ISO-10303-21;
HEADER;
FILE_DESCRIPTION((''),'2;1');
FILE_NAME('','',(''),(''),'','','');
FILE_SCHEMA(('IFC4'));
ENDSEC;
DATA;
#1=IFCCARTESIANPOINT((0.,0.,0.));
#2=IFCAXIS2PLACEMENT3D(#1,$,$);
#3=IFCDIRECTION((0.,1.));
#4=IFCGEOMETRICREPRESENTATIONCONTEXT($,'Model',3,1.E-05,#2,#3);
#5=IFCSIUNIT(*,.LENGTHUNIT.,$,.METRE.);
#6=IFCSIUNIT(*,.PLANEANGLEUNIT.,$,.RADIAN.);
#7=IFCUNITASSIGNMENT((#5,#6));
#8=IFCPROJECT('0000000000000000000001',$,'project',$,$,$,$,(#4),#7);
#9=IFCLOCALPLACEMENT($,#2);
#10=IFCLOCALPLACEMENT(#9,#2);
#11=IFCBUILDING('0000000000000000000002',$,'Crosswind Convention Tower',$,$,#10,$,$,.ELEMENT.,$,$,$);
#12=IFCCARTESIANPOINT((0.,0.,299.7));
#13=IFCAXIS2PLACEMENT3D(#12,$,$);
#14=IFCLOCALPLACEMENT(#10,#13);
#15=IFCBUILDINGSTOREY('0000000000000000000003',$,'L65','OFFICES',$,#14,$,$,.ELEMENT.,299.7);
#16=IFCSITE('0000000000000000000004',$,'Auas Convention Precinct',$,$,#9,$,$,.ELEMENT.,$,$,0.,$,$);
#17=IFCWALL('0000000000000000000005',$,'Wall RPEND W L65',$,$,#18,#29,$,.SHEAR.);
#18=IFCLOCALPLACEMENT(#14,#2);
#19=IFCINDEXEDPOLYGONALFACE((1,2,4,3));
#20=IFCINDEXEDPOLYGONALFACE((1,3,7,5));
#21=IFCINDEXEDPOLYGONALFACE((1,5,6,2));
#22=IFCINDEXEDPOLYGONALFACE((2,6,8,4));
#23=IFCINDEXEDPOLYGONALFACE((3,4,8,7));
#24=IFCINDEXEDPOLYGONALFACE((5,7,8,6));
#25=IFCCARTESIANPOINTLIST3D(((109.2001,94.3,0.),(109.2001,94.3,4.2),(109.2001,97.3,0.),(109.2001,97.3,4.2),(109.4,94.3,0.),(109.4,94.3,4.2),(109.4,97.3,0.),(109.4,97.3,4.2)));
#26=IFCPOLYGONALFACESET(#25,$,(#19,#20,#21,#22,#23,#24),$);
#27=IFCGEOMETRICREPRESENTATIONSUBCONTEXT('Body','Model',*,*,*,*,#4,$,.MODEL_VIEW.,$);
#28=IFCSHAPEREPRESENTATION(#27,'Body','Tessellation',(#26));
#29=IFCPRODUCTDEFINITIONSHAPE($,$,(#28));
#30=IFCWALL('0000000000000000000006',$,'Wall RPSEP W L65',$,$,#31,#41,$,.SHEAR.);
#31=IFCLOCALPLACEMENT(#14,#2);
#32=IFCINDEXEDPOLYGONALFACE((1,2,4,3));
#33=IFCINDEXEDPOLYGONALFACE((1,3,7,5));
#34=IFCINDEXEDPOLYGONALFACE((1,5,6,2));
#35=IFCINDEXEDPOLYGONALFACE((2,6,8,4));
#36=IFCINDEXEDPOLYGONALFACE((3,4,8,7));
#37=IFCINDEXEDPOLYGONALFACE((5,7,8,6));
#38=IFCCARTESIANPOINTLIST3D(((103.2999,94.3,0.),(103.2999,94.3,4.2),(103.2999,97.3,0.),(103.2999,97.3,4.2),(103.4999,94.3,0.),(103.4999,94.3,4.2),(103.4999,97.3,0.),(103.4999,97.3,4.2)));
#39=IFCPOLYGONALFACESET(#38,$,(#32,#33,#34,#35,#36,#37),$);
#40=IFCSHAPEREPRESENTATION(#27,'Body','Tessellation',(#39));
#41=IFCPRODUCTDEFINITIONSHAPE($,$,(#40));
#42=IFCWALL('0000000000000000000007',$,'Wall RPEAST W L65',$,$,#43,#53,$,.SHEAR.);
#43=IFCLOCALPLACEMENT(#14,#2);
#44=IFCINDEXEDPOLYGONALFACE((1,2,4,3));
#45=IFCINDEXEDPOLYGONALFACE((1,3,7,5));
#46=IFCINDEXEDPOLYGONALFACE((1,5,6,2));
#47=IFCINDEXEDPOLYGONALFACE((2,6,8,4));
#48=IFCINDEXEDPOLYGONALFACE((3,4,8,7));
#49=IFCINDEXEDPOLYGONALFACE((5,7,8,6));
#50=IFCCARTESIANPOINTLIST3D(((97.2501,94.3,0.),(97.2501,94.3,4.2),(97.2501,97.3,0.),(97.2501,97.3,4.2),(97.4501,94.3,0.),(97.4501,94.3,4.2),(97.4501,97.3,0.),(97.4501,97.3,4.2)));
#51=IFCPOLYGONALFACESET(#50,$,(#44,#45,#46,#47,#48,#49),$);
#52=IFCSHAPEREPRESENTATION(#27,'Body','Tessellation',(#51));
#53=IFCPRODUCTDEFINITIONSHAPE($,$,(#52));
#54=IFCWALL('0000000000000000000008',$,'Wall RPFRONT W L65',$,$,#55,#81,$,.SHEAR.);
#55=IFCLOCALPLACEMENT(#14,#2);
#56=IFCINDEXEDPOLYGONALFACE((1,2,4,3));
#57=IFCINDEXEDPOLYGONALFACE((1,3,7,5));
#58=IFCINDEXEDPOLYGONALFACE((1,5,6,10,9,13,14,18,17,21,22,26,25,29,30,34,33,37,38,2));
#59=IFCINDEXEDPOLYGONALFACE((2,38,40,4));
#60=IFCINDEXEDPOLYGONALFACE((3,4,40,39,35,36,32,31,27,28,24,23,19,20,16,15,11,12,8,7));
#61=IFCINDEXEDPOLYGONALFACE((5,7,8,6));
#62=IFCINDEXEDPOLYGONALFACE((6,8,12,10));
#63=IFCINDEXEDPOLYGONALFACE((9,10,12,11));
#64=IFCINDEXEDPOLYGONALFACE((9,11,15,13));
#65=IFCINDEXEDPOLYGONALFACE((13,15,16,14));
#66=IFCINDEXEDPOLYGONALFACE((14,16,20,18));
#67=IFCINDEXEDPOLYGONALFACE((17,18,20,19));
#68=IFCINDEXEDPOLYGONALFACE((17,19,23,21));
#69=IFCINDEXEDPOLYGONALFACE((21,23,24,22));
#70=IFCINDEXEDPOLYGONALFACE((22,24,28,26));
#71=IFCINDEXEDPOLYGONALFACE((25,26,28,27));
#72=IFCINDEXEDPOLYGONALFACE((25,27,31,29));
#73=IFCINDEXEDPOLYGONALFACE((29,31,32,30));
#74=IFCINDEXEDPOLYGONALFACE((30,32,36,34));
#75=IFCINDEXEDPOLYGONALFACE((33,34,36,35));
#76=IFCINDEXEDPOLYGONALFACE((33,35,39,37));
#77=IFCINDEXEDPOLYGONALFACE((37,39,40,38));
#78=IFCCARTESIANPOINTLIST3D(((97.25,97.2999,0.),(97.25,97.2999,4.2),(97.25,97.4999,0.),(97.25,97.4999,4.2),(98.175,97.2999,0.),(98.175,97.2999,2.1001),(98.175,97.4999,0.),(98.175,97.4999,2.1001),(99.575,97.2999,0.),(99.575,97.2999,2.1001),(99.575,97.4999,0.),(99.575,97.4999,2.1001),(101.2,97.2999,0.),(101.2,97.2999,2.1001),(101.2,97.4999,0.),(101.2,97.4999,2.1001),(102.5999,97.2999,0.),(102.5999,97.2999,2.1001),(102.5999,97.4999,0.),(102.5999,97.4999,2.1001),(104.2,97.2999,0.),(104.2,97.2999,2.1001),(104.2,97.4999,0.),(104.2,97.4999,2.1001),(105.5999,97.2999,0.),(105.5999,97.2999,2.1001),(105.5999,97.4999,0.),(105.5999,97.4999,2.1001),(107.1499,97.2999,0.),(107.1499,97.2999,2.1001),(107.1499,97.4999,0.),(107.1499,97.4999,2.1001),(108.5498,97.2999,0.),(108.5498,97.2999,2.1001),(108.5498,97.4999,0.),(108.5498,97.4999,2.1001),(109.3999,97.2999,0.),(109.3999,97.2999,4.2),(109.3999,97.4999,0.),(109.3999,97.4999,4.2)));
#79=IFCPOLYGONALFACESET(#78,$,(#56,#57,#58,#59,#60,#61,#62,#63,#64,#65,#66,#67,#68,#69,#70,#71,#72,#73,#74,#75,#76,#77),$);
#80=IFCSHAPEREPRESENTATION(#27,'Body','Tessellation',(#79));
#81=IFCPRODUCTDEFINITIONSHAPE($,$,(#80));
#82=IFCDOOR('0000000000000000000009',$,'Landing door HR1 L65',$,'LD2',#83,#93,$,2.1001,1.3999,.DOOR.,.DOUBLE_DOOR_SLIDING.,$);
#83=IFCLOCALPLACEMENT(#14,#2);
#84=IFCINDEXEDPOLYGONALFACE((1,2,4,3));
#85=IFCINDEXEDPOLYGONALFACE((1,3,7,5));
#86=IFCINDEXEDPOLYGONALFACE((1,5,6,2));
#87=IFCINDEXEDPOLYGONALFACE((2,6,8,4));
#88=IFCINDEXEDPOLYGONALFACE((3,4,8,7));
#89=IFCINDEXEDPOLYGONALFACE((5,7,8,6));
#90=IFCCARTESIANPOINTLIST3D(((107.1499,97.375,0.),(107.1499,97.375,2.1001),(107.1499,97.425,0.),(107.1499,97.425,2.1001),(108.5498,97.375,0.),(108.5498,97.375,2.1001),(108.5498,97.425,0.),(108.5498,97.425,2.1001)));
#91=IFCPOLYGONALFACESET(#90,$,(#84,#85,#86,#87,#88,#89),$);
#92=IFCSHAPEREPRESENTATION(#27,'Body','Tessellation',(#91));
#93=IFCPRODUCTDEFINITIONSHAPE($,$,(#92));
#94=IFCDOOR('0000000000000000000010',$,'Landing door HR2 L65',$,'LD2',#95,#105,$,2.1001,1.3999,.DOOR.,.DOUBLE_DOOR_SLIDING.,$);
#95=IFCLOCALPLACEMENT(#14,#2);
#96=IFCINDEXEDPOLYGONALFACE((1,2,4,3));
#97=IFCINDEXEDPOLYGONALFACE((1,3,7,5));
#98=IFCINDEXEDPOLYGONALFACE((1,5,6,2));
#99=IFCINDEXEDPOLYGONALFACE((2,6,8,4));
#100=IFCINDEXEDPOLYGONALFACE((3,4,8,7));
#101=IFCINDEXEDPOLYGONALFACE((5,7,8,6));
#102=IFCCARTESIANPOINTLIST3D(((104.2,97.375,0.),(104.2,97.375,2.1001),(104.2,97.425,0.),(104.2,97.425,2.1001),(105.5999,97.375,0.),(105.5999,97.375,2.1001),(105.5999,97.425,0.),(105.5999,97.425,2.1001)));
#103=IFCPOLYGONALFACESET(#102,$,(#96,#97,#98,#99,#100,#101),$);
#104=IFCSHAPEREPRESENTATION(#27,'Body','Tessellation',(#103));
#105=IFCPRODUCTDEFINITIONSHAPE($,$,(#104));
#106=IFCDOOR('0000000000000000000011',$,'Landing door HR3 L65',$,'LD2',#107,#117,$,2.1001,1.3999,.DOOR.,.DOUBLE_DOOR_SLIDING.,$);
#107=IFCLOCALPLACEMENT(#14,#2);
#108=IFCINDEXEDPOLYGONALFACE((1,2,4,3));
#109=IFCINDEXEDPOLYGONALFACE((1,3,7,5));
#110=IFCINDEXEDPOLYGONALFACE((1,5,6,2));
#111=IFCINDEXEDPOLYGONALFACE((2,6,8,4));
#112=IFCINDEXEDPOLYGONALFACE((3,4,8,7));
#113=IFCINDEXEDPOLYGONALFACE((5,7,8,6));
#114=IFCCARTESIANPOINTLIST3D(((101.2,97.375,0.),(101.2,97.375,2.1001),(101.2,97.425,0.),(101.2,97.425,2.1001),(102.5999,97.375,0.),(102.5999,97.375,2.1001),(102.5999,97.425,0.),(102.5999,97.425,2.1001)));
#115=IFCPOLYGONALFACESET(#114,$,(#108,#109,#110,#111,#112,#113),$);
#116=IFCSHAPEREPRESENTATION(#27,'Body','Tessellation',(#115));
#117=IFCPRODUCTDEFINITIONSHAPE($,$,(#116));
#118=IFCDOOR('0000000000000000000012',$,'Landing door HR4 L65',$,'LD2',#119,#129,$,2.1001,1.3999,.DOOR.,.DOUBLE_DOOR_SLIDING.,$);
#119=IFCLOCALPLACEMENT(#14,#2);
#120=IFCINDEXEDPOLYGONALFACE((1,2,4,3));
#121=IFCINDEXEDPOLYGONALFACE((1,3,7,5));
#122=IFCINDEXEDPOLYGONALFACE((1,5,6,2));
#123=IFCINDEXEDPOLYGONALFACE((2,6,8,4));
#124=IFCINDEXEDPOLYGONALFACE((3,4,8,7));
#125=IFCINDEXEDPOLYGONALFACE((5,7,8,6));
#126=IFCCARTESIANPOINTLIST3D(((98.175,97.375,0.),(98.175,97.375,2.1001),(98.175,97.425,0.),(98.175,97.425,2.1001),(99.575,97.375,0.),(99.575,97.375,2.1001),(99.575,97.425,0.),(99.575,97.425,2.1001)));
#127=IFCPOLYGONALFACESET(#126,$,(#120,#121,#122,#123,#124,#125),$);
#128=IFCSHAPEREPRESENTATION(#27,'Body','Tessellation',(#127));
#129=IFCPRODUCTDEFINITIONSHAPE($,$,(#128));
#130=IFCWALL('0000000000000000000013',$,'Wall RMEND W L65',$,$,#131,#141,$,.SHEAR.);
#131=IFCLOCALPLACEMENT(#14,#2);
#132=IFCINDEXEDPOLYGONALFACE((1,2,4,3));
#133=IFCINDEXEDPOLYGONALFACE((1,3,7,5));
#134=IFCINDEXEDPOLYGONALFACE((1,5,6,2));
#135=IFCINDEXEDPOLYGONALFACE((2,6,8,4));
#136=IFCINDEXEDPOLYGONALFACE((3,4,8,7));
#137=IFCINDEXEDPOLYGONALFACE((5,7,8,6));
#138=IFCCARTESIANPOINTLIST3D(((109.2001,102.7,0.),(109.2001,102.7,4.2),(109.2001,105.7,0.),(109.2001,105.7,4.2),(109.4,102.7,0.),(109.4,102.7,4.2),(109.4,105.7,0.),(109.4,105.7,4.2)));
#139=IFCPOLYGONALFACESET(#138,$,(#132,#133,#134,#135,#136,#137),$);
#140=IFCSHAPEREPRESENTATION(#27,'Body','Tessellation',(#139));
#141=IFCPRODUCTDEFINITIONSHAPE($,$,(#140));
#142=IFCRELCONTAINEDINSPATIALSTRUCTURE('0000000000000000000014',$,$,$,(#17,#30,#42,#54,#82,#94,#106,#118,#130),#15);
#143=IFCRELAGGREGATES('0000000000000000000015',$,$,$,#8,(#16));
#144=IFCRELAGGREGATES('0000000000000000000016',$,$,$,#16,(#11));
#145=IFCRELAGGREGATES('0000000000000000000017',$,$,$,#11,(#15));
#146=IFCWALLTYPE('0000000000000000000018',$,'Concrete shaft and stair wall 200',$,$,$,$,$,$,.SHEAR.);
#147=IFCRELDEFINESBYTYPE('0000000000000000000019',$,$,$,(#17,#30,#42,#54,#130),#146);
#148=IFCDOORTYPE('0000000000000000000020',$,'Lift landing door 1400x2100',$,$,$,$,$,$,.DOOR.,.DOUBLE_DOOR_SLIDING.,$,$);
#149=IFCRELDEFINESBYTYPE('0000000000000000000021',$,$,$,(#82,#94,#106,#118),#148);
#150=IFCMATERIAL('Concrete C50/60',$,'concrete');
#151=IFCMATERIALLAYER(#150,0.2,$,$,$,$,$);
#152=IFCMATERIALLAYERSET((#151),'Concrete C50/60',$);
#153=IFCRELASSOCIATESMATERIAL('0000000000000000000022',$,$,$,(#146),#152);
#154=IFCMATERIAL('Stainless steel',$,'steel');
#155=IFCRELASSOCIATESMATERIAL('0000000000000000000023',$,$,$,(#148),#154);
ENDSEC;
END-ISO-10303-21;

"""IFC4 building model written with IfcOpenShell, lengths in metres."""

from ifc_helpers import new_model, si_unit, direction, frame, frame_2d, origin, place, context, subcontext, project, spatial, rectangle, extrude, material, layer, layer_set, type_object, element, fill, save


model = new_model("IFC4")

# Units and contexts
model_context = context("Model", 3, precision=1e-05, world=origin(), true_north=direction((0.0, 1.0)))
body_context = subcontext(model_context, "Body", "Model", "MODEL_VIEW")
ifc_project = project(units=[si_unit("LENGTHUNIT", "METRE"), si_unit("PLANEANGLEUNIT", "RADIAN")], contexts=[model_context])

# Site, building, storey
site_placement = place(None, origin())
site = spatial("IfcSite", under=ifc_project, at=site_placement, Name="Auas Convention Precinct", CompositionType="ELEMENT", RefElevation=0.0)
building_placement = place(site_placement, origin())
building = spatial("IfcBuilding", under=site, at=building_placement, Name="Crosswind Convention Tower", CompositionType="ELEMENT")
storey_placement = place(building_placement, frame((0.0, 0.0, 299.7)))
storey = spatial("IfcBuildingStorey", under=building, at=storey_placement, Name="L65", Description="OFFICES", CompositionType="ELEMENT", Elevation=299.7)

# Walls
ifc_material_1 = material(Name="Concrete C50/60", Category="concrete")
ifc_layer_1 = layer(ifc_material_1, 0.2)
ifc_layer_set_1 = layer_set([ifc_layer_1], Name="Concrete C50/60")
wall_type_1 = type_object("IfcWallType", Name="Concrete shaft and stair wall 200", PredefinedType="SHEAR", material=ifc_layer_set_1)
for number, where, z_axis, x_axis, name in (
    (1, (109.3, 97.3, 0.0), (0.0, 0.0, 1.0), (0.0, -1.0, 0.0), "Wall RPEND W L65"),
    (2, (103.3999, 97.3, 0.0), (0.0, 0.0, 1.0), (0.0, -1.0, 0.0), "Wall RPSEP W L65"),
    (3, (97.3501, 97.3, 0.0), (0.0, 0.0, 1.0), (0.0, -1.0, 0.0), "Wall RPEAST W L65"),
):
    element("IfcWall", number, at=place(storey_placement, frame(where, z_axis=z_axis, x_axis=x_axis)), inside=storey, type_object=wall_type_1, Name=name, PredefinedType="SHEAR", context=body_context, shape_type="SweptSolid", body=[
        extrude(rectangle(XDim=3.0, YDim=0.2, at=frame_2d((1.5, 0.0))), origin(), (0.0, 0.0, 1.0), 4.2),
    ])

# Wall, openings, doors
wall_1_placement = place(storey_placement, frame((109.3999, 97.3999, 0.0), z_axis=(0.0, 0.0, 1.0), x_axis=(-1.0, 0.0, 0.0)))
wall_1 = element("IfcWall", 4, at=wall_1_placement, inside=storey, type_object=wall_type_1, Name="Wall RPFRONT W L65", PredefinedType="SHEAR", context=body_context, shape_type="SweptSolid", body=[
    extrude(rectangle(XDim=12.1499, YDim=0.2, at=frame_2d((6.075, 0.0))), origin(), (0.0, 0.0, 1.0), 4.2),
])
opening_1_placement = place(wall_1_placement, frame((0.8501, 0.0, 0.0)))
opening_1 = element("IfcOpeningElement", 5, at=opening_1_placement, cuts=wall_1, PredefinedType="OPENING", context=body_context, shape_type="SweptSolid", body=[
    extrude(rectangle(XDim=1.3999, YDim=2.1001, at=frame_2d((0.7, 1.05))), frame((0.0, 0.1099, 0.0), z_axis=(0.0, -1.0, 0.0), x_axis=(1.0, 0.0, 0.0)), (0.0, 0.0, 1.0), 0.22),
])
opening_2_placement = place(wall_1_placement, frame((3.8, 0.0, 0.0)))
opening_2 = element("IfcOpeningElement", 6, at=opening_2_placement, cuts=wall_1, PredefinedType="OPENING", context=body_context, shape_type="SweptSolid", body=[
    extrude(rectangle(XDim=1.3999, YDim=2.1001, at=frame_2d((0.7, 1.05))), frame((0.0, 0.1099, 0.0), z_axis=(0.0, -1.0, 0.0), x_axis=(1.0, 0.0, 0.0)), (0.0, 0.0, 1.0), 0.22),
])
opening_3_placement = place(wall_1_placement, frame((6.8, 0.0, 0.0)))
opening_3 = element("IfcOpeningElement", 7, at=opening_3_placement, cuts=wall_1, PredefinedType="OPENING", context=body_context, shape_type="SweptSolid", body=[
    extrude(rectangle(XDim=1.3999, YDim=2.1001, at=frame_2d((0.7, 1.05))), frame((0.0, 0.1099, 0.0), z_axis=(0.0, -1.0, 0.0), x_axis=(1.0, 0.0, 0.0)), (0.0, 0.0, 1.0), 0.22),
])
opening_4_placement = place(wall_1_placement, frame((9.825, 0.0, 0.0)))
opening_4 = element("IfcOpeningElement", 8, at=opening_4_placement, cuts=wall_1, PredefinedType="OPENING", context=body_context, shape_type="SweptSolid", body=[
    extrude(rectangle(XDim=1.3999, YDim=2.1001, at=frame_2d((0.7, 1.05))), frame((0.0, 0.1099, 0.0), z_axis=(0.0, -1.0, 0.0), x_axis=(1.0, 0.0, 0.0)), (0.0, 0.0, 1.0), 0.22),
])
ifc_material_2 = material(Name="Stainless steel", Category="steel")
door_type_1 = type_object("IfcDoorType", Name="Lift landing door 1400x2100", OperationType="DOUBLE_DOOR_SLIDING", PredefinedType="DOOR", material=ifc_material_2)
door_1_placement = place(opening_1_placement, origin())
door_1 = element("IfcDoor", 9, at=door_1_placement, inside=storey, type_object=door_type_1, Name="Landing door HR1 L65", ObjectType="LD2", OperationType="DOUBLE_DOOR_SLIDING", OverallHeight=2.1001, OverallWidth=1.3999, PredefinedType="DOOR", context=body_context, shape_type="SweptSolid", body=[
    extrude(rectangle(XDim=1.3999, YDim=2.1001, at=frame_2d((0.7, 1.05))), frame((0.0, 0.0249, 0.0), z_axis=(0.0, -1.0, 0.0), x_axis=(1.0, 0.0, 0.0)), (0.0, 0.0, 1.0), 0.05),
])
fill(opening_1, door_1)
door_2_placement = place(opening_2_placement, origin())
door_2 = element("IfcDoor", 10, at=door_2_placement, inside=storey, type_object=door_type_1, Name="Landing door HR2 L65", ObjectType="LD2", OperationType="DOUBLE_DOOR_SLIDING", OverallHeight=2.1001, OverallWidth=1.3999, PredefinedType="DOOR", context=body_context, shape_type="SweptSolid", body=[
    extrude(rectangle(XDim=1.3999, YDim=2.1001, at=frame_2d((0.7, 1.05))), frame((0.0, 0.0249, 0.0), z_axis=(0.0, -1.0, 0.0), x_axis=(1.0, 0.0, 0.0)), (0.0, 0.0, 1.0), 0.05),
])
fill(opening_2, door_2)
door_3_placement = place(opening_3_placement, origin())
door_3 = element("IfcDoor", 11, at=door_3_placement, inside=storey, type_object=door_type_1, Name="Landing door HR3 L65", ObjectType="LD2", OperationType="DOUBLE_DOOR_SLIDING", OverallHeight=2.1001, OverallWidth=1.3999, PredefinedType="DOOR", context=body_context, shape_type="SweptSolid", body=[
    extrude(rectangle(XDim=1.3999, YDim=2.1001, at=frame_2d((0.7, 1.05))), frame((0.0, 0.0249, 0.0), z_axis=(0.0, -1.0, 0.0), x_axis=(1.0, 0.0, 0.0)), (0.0, 0.0, 1.0), 0.05),
])
fill(opening_3, door_3)
door_4_placement = place(opening_4_placement, origin())
door_4 = element("IfcDoor", 12, at=door_4_placement, inside=storey, type_object=door_type_1, Name="Landing door HR4 L65", ObjectType="LD2", OperationType="DOUBLE_DOOR_SLIDING", OverallHeight=2.1001, OverallWidth=1.3999, PredefinedType="DOOR", context=body_context, shape_type="SweptSolid", body=[
    extrude(rectangle(XDim=1.3999, YDim=2.1001, at=frame_2d((0.7, 1.05))), frame((0.0, 0.0249, 0.0), z_axis=(0.0, -1.0, 0.0), x_axis=(1.0, 0.0, 0.0)), (0.0, 0.0, 1.0), 0.05),
])
fill(opening_4, door_4)

# Wall
wall_2_placement = place(storey_placement, frame((109.3, 105.7, 0.0), z_axis=(0.0, 0.0, 1.0), x_axis=(0.0, -1.0, 0.0)))
element("IfcWall", 13, at=wall_2_placement, inside=storey, type_object=wall_type_1, Name="Wall RMEND W L65", PredefinedType="SHEAR", context=body_context, shape_type="SweptSolid", body=[
    extrude(rectangle(XDim=3.0, YDim=0.2, at=frame_2d((1.5, 0.0))), origin(), (0.0, 0.0, 1.0), 4.2),
])

save(model, "model.ifc")
